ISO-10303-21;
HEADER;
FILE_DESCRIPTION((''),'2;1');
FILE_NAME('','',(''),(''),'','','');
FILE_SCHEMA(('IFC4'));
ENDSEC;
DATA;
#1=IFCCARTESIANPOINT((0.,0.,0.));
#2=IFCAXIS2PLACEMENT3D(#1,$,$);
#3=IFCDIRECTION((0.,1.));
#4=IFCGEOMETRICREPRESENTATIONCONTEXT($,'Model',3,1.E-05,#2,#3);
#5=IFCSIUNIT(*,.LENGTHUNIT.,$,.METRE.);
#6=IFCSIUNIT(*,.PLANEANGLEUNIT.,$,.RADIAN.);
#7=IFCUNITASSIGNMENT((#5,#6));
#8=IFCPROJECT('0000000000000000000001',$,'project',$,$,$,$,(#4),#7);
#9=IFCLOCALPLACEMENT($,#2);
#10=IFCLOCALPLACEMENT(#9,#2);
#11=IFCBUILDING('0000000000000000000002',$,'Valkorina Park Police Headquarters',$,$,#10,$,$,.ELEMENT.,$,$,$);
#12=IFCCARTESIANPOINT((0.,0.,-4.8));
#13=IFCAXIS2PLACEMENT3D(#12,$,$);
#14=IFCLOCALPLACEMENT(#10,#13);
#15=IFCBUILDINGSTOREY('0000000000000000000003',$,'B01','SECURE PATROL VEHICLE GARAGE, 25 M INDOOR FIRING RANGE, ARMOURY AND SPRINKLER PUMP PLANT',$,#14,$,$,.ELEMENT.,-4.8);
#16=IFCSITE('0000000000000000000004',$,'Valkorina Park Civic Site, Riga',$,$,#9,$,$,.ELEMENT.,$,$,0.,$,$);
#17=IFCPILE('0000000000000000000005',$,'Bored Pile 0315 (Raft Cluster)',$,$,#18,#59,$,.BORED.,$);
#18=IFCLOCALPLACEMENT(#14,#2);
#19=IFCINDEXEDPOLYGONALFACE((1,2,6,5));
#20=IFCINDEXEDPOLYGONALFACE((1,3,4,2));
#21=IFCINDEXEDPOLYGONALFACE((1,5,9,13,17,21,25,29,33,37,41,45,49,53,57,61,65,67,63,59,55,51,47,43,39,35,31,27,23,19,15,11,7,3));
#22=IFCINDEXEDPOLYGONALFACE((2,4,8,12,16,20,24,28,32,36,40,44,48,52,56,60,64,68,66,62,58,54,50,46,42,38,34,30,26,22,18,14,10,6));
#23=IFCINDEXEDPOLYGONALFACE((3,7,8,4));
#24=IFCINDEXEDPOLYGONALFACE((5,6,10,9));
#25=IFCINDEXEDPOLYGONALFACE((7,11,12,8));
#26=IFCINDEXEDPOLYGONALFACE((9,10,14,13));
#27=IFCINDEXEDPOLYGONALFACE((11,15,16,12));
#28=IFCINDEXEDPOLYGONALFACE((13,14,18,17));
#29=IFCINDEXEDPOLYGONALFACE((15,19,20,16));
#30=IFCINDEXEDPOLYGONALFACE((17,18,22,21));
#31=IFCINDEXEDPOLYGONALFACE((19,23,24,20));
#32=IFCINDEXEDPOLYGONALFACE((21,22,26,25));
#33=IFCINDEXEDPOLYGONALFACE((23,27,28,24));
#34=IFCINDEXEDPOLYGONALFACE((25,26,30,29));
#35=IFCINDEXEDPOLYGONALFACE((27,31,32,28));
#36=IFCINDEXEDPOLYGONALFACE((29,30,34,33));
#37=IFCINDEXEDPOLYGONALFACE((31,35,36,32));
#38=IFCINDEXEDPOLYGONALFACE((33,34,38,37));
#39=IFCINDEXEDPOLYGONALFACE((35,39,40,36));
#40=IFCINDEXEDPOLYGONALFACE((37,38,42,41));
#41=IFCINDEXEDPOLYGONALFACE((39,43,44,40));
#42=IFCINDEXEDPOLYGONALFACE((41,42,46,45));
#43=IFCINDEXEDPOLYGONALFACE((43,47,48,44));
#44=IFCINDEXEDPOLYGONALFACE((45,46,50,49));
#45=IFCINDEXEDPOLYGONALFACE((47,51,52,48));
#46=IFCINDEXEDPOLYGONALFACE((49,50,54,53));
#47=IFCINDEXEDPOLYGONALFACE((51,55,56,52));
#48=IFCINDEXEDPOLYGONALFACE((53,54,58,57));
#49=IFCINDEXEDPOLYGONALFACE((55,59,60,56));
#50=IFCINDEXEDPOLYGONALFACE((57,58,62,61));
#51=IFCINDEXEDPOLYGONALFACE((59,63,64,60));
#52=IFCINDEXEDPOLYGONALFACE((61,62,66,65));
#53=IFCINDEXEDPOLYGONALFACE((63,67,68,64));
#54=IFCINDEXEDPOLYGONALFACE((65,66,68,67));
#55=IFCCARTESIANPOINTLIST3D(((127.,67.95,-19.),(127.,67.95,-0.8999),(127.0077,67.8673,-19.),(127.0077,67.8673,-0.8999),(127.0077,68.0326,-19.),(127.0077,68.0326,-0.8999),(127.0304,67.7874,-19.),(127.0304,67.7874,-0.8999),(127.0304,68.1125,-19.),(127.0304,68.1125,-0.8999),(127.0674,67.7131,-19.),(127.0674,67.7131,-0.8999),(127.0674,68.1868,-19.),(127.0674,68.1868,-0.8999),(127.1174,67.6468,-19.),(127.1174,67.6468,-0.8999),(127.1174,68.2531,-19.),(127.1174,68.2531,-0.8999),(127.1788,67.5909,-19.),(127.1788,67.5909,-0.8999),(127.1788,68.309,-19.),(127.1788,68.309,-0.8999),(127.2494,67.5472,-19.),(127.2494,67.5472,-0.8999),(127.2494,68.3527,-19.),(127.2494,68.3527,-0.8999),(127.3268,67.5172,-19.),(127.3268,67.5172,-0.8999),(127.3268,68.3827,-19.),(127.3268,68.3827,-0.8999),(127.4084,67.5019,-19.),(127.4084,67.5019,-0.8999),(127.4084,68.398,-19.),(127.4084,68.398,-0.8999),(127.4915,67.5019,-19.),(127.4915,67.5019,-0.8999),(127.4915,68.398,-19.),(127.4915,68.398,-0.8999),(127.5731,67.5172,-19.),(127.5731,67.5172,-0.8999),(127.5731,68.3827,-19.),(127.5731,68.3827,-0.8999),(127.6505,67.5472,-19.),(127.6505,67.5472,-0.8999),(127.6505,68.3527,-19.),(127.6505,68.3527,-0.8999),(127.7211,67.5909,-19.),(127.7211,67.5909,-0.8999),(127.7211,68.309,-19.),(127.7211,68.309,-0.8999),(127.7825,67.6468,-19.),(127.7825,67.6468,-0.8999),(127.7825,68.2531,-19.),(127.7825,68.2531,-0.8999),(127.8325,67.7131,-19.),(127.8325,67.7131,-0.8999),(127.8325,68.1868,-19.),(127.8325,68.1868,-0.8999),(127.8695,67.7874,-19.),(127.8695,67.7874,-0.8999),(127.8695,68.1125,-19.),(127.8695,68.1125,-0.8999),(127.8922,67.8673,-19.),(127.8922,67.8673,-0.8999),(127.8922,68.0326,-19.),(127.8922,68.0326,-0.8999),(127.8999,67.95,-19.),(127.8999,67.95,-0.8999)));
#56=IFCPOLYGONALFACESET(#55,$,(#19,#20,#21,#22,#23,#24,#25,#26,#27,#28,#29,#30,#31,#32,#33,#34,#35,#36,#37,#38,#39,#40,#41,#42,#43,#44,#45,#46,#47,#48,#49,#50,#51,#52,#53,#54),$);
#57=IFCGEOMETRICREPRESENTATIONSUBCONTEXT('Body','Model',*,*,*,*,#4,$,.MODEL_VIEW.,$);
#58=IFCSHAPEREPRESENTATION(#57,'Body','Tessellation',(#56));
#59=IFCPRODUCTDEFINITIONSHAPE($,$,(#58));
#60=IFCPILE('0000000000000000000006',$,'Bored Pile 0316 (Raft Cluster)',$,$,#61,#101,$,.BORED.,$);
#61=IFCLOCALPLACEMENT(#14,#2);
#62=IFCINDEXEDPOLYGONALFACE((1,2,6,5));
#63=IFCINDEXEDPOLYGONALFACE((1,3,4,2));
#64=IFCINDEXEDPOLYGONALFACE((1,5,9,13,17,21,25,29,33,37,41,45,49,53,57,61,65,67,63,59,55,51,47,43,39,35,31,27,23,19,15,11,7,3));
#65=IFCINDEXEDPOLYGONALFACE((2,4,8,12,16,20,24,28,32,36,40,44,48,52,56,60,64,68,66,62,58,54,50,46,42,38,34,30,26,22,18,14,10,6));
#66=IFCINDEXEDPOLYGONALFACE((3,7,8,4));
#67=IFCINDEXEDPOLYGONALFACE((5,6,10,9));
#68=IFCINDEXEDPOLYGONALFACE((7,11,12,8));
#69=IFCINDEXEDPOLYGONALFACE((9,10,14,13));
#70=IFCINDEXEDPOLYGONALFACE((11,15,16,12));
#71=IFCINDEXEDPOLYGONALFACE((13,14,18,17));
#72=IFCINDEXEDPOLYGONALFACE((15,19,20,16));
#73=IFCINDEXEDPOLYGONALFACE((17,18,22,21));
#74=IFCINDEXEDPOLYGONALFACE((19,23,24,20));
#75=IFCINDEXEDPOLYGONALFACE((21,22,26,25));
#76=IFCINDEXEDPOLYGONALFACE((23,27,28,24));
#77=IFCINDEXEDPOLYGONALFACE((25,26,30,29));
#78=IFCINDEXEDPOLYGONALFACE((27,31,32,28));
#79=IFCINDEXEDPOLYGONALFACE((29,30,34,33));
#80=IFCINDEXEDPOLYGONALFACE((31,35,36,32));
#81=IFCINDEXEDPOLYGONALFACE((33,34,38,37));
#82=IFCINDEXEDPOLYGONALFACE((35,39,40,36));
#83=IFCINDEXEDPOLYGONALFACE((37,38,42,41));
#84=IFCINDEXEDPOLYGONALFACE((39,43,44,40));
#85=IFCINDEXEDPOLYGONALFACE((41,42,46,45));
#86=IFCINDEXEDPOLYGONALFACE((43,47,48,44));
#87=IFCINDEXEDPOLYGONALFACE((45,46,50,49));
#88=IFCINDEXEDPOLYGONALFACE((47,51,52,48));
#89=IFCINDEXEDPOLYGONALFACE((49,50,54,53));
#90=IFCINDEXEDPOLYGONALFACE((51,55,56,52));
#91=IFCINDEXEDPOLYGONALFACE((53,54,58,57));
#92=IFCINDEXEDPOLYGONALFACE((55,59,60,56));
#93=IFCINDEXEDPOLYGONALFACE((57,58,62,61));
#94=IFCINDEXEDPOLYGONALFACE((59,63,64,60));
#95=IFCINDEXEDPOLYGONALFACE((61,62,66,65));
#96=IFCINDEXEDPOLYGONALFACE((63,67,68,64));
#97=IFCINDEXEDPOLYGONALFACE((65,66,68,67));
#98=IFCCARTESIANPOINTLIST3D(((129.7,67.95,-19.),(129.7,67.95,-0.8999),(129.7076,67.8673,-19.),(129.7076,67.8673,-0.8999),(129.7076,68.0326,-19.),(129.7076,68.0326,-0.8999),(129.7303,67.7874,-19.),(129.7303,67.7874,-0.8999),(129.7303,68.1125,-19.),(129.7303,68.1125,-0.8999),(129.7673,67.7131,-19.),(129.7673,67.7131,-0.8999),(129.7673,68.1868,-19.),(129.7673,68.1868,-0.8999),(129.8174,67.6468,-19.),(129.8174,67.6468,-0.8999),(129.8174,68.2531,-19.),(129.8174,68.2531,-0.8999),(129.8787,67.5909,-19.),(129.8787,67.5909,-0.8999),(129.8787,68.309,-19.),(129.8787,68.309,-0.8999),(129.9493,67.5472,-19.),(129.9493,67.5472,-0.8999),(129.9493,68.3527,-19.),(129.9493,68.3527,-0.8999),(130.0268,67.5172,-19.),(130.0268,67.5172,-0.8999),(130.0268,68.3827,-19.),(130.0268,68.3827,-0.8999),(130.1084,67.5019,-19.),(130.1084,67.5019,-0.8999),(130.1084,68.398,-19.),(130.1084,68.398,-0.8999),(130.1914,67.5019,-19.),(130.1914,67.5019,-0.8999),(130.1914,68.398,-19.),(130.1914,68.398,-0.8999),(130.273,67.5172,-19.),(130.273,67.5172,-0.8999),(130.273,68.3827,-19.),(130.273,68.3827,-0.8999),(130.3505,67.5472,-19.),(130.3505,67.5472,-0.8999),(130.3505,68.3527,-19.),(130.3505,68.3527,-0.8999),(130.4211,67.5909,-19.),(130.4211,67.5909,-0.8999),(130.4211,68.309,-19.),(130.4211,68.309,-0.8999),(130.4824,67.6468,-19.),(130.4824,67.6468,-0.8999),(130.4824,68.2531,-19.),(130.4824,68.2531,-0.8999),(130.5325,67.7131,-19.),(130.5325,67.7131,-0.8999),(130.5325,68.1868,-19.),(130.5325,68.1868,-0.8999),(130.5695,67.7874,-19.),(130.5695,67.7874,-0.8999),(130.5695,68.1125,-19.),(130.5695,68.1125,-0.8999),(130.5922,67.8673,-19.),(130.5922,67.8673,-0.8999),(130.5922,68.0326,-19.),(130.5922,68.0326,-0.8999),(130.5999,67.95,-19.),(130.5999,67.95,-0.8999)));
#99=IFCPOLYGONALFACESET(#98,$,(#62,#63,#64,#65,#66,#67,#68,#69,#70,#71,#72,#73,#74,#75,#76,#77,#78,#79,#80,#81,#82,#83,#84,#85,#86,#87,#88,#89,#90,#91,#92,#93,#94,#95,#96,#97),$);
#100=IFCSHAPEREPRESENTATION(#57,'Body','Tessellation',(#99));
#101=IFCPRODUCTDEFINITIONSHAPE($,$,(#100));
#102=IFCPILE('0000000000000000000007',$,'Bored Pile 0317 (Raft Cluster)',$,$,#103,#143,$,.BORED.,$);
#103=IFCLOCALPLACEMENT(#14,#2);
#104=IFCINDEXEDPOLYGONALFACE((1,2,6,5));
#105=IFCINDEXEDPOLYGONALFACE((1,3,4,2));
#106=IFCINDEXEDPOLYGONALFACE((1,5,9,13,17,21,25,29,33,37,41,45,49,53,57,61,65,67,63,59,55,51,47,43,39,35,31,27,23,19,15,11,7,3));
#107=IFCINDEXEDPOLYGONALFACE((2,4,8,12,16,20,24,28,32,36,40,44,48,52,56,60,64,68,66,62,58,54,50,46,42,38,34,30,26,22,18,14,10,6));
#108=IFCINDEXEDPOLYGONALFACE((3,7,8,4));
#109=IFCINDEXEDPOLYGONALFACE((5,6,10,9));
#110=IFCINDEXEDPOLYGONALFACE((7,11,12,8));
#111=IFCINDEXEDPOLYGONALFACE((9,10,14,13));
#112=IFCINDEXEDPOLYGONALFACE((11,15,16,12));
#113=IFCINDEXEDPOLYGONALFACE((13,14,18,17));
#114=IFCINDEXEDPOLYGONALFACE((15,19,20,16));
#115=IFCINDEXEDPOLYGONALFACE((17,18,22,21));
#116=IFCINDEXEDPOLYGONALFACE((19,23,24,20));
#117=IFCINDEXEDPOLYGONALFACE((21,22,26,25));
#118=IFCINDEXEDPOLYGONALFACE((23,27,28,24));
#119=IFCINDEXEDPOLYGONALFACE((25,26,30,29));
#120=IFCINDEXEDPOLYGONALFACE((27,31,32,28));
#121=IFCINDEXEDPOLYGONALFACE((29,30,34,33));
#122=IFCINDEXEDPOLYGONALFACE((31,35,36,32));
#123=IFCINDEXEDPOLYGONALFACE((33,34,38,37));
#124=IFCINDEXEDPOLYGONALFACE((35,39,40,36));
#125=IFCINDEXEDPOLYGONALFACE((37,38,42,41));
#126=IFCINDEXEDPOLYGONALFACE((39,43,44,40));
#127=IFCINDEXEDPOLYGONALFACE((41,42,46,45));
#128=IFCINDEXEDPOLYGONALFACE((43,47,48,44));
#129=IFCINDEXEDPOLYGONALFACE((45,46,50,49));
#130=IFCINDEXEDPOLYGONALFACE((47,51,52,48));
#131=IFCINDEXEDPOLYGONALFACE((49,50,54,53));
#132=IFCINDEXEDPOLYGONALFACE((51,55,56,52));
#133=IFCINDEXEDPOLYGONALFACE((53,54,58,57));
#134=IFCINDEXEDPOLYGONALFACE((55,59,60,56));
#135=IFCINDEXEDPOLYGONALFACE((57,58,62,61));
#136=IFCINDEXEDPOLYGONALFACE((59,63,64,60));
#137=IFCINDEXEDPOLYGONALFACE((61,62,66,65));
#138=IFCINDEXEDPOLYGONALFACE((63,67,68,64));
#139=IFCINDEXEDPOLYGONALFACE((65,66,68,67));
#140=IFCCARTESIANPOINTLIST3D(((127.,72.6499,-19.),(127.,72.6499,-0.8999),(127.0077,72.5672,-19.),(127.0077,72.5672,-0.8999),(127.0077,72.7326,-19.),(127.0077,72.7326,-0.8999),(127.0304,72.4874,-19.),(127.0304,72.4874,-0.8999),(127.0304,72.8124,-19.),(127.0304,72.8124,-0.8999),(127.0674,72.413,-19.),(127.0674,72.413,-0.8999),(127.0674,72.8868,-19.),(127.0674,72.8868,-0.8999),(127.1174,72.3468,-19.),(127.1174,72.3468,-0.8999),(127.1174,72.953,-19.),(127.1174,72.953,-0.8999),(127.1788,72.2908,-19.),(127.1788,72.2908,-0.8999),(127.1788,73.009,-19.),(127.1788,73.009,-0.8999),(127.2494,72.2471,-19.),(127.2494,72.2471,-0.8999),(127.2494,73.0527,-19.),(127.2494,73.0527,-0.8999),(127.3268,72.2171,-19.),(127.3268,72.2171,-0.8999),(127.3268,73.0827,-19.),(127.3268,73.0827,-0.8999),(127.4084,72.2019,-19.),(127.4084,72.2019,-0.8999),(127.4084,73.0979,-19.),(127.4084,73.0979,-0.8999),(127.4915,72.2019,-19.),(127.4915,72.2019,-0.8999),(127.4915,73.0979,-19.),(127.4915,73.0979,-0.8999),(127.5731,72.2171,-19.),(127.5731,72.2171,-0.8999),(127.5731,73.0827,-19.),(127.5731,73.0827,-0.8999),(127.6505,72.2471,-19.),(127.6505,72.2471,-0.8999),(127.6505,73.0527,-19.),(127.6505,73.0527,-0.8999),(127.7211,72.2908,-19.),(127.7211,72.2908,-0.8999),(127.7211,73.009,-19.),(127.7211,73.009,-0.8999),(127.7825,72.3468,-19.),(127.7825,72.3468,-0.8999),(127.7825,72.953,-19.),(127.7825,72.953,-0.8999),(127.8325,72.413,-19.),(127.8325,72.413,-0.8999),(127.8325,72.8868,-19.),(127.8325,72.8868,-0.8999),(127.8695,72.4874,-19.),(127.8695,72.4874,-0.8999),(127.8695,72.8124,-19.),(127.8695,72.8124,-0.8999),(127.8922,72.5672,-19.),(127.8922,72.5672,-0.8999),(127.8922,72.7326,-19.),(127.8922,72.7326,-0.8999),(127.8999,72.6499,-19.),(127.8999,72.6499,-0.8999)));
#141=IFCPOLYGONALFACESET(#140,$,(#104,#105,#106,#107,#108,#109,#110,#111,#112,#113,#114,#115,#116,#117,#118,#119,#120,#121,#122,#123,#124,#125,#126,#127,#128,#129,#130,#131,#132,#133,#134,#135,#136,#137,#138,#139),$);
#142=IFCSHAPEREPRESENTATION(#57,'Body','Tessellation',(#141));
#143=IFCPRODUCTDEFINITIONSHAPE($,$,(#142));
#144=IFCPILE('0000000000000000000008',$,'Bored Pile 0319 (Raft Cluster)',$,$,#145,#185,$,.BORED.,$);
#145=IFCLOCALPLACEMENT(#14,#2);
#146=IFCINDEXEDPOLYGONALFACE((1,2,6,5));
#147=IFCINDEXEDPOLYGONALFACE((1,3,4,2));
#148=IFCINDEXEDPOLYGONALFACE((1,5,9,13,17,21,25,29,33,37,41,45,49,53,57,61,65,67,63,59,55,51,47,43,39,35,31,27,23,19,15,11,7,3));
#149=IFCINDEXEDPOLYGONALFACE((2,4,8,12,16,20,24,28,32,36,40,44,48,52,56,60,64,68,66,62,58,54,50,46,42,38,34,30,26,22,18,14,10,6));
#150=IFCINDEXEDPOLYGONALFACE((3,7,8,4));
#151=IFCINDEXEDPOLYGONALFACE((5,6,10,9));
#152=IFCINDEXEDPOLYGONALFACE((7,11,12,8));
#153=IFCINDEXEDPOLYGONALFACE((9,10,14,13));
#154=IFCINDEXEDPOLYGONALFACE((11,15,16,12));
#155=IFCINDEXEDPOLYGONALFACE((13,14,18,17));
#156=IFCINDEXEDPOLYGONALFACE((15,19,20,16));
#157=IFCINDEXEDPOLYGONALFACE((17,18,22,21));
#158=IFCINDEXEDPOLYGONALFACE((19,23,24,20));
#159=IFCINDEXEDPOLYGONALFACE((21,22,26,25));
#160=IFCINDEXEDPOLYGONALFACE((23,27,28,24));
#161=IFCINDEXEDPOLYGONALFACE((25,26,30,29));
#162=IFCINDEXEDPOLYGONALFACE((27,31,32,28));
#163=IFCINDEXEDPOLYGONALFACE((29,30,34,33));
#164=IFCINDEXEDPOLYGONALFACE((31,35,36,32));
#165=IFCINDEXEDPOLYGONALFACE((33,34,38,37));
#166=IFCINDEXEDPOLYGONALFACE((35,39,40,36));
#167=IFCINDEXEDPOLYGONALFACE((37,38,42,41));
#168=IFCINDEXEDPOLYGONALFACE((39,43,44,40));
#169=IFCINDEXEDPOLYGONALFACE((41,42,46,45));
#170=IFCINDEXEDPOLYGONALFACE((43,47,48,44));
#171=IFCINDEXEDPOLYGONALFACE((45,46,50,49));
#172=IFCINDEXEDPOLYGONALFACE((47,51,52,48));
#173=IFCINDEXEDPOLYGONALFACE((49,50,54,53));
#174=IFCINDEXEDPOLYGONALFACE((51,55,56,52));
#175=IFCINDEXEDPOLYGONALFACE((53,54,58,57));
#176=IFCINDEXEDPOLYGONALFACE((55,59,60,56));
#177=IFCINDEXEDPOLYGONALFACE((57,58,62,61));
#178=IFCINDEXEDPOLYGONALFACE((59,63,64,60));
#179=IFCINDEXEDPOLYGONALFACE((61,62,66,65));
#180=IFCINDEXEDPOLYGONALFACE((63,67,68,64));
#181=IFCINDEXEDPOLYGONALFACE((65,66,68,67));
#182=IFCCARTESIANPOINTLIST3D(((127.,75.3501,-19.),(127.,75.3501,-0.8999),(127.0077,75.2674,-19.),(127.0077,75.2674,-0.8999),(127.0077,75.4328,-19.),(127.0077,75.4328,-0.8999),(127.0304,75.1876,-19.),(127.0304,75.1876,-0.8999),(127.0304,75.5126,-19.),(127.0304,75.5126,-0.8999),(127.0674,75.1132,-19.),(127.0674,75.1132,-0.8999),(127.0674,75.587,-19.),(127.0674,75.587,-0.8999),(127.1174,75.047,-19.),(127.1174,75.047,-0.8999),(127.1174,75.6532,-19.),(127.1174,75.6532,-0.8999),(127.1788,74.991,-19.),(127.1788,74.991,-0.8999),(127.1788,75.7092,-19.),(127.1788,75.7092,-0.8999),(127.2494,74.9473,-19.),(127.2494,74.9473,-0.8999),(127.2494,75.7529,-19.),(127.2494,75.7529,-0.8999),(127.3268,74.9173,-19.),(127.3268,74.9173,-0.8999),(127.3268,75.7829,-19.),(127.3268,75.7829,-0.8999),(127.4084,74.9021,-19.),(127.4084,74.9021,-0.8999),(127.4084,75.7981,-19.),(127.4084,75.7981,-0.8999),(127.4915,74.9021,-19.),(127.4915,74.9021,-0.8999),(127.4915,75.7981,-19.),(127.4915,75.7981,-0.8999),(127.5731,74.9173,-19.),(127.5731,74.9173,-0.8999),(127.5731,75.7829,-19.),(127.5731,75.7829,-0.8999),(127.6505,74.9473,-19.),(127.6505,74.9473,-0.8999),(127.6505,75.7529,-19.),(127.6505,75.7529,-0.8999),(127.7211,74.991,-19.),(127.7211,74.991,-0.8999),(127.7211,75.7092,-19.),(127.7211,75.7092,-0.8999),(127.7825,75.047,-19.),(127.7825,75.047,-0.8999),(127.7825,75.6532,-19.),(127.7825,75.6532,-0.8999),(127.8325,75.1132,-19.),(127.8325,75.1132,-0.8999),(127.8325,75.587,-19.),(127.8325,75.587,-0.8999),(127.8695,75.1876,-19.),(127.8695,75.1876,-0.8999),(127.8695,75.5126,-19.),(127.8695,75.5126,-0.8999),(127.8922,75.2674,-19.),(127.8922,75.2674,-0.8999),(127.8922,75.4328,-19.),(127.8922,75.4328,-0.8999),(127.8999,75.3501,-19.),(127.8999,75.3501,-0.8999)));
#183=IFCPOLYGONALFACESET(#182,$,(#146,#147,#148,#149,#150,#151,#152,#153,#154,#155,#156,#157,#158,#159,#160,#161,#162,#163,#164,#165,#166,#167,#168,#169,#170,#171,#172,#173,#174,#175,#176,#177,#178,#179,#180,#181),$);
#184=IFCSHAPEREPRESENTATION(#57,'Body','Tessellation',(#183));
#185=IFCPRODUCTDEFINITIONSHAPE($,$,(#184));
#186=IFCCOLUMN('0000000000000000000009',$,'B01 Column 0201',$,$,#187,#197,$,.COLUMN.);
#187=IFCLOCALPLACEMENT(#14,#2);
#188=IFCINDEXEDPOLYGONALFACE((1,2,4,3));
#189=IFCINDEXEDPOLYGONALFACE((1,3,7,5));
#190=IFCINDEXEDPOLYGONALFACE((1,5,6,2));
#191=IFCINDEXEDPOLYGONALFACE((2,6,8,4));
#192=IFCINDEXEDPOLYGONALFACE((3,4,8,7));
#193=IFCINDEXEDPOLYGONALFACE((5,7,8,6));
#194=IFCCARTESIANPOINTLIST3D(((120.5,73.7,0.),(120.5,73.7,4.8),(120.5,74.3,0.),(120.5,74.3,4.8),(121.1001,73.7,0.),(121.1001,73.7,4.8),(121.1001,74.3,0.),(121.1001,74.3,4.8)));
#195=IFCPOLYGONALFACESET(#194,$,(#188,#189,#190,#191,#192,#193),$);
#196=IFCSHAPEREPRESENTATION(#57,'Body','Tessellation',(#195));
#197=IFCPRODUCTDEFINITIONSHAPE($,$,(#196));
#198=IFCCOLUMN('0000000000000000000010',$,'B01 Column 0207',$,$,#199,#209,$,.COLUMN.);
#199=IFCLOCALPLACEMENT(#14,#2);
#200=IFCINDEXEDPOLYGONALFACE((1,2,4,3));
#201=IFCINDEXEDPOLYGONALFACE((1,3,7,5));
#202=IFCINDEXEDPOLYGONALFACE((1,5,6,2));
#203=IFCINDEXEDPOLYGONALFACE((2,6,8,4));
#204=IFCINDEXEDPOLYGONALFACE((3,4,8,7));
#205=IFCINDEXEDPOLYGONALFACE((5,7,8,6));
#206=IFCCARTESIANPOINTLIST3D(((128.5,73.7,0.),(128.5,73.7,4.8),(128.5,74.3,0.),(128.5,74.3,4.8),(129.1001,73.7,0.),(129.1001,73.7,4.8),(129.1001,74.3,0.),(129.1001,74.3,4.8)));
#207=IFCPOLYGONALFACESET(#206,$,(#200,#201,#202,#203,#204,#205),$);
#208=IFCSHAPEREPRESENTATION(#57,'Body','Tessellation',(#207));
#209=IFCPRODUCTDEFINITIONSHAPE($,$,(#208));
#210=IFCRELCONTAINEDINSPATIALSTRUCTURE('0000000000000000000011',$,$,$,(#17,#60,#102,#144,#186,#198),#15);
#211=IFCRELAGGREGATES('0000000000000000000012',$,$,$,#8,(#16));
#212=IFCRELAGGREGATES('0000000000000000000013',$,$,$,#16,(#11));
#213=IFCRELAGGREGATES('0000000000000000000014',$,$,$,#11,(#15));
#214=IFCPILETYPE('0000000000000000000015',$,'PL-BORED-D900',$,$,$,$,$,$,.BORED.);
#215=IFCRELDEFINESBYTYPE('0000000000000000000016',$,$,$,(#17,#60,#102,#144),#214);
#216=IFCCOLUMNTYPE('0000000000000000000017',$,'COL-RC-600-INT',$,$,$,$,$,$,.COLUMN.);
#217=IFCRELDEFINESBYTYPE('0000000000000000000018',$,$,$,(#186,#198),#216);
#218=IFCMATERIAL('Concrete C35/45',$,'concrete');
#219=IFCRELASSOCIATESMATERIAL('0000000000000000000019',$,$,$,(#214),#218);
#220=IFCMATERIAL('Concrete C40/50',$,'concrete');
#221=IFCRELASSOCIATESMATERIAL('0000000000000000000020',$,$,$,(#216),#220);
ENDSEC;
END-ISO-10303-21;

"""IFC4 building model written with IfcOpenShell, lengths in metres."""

from ifc_helpers import new_model, si_unit, direction, frame, origin, origin_2d, place, context, subcontext, project, spatial, rectangle, circle, extrude, material, material_profile, profile_set, type_object, element, save


model = new_model("IFC4")

# Units and contexts
model_context = context("Model", 3, precision=1e-05, world=origin(), true_north=direction((0.0, 1.0)))
body_context = subcontext(model_context, "Body", "Model", "MODEL_VIEW")
ifc_project = project(units=[si_unit("LENGTHUNIT", "METRE"), si_unit("PLANEANGLEUNIT", "RADIAN")], contexts=[model_context])

# Site, building, storey
site_placement = place(None, origin())
site = spatial("IfcSite", under=ifc_project, at=site_placement, Name="Valkorina Park Civic Site, Riga", CompositionType="ELEMENT", RefElevation=0.0)
building_placement = place(site_placement, origin())
building = spatial("IfcBuilding", under=site, at=building_placement, Name="Valkorina Park Police Headquarters", CompositionType="ELEMENT")
storey_placement = place(building_placement, frame((0.0, 0.0, -4.8)))
storey = spatial("IfcBuildingStorey", under=building, at=storey_placement, Name="B01", Description="SECURE PATROL VEHICLE GARAGE, 25 M INDOOR FIRING RANGE, ARMOURY AND SPRINKLER PUMP PLANT", CompositionType="ELEMENT", Elevation=-4.8)

# Piles
ifc_material_1 = material(Name="Concrete C35/45", Category="concrete")
ifc_material_profile_1 = material_profile(ifc_material_1, circle(Radius=0.45, at=origin_2d()), Name="BORED PILE D900")
ifc_profile_set_1 = profile_set([ifc_material_profile_1], Name="Concrete C35/45")
pile_type = type_object("IfcPileType", Name="PL-BORED-D900", PredefinedType="BORED", material=ifc_profile_set_1)
for number, where, z_axis, x_axis, name in (
    (1, (127.45, 67.95, -0.8999), (0.0, 0.0, -1.0), (1.0, 0.0, 0.0), "Bored Pile 0315 (Raft Cluster)"),
    (2, (130.1499, 67.95, -0.8999), (0.0, 0.0, -1.0), (1.0, 0.0, 0.0), "Bored Pile 0316 (Raft Cluster)"),
    (3, (127.45, 72.6499, -0.8999), (0.0, 0.0, -1.0), (1.0, 0.0, 0.0), "Bored Pile 0317 (Raft Cluster)"),
    (4, (127.45, 75.3501, -0.8999), (0.0, 0.0, -1.0), (1.0, 0.0, 0.0), "Bored Pile 0319 (Raft Cluster)"),
):
    element("IfcPile", number, at=place(storey_placement, frame(where, z_axis=z_axis, x_axis=x_axis)), inside=storey, type_object=pile_type, Name=name, PredefinedType="BORED", context=body_context, shape_type="SweptSolid", body=[
        extrude(circle(Radius=0.45, at=origin_2d()), origin(), (0.0, 0.0, 1.0), 18.1001),
    ])

# Columns
ifc_material_2 = material(Name="Concrete C40/50", Category="concrete")
ifc_material_profile_2 = material_profile(ifc_material_2, rectangle(XDim=0.6001, YDim=0.6001, at=origin_2d()), Name="RC COL 600x600")
ifc_profile_set_2 = profile_set([ifc_material_profile_2], Name="Concrete C40/50")
column_type = type_object("IfcColumnType", Name="COL-RC-600-INT", PredefinedType="COLUMN", material=ifc_profile_set_2)
for number, where, z_axis, x_axis, name in (
    (5, (120.8, 74.0, 0.0), (0.0, 0.0, 1.0), (1.0, 0.0, 0.0), "B01 Column 0201"),
    (6, (128.8, 74.0, 0.0), (0.0, 0.0, 1.0), (1.0, 0.0, 0.0), "B01 Column 0207"),
):
    element("IfcColumn", number, at=place(storey_placement, frame(where, z_axis=z_axis, x_axis=x_axis)), inside=storey, type_object=column_type, Name=name, PredefinedType="COLUMN", context=body_context, shape_type="SweptSolid", body=[
        extrude(rectangle(XDim=0.6001, YDim=0.6001, at=origin_2d()), origin(), (0.0, 0.0, 1.0), 4.8),
    ])

save(model, "model.ifc")
